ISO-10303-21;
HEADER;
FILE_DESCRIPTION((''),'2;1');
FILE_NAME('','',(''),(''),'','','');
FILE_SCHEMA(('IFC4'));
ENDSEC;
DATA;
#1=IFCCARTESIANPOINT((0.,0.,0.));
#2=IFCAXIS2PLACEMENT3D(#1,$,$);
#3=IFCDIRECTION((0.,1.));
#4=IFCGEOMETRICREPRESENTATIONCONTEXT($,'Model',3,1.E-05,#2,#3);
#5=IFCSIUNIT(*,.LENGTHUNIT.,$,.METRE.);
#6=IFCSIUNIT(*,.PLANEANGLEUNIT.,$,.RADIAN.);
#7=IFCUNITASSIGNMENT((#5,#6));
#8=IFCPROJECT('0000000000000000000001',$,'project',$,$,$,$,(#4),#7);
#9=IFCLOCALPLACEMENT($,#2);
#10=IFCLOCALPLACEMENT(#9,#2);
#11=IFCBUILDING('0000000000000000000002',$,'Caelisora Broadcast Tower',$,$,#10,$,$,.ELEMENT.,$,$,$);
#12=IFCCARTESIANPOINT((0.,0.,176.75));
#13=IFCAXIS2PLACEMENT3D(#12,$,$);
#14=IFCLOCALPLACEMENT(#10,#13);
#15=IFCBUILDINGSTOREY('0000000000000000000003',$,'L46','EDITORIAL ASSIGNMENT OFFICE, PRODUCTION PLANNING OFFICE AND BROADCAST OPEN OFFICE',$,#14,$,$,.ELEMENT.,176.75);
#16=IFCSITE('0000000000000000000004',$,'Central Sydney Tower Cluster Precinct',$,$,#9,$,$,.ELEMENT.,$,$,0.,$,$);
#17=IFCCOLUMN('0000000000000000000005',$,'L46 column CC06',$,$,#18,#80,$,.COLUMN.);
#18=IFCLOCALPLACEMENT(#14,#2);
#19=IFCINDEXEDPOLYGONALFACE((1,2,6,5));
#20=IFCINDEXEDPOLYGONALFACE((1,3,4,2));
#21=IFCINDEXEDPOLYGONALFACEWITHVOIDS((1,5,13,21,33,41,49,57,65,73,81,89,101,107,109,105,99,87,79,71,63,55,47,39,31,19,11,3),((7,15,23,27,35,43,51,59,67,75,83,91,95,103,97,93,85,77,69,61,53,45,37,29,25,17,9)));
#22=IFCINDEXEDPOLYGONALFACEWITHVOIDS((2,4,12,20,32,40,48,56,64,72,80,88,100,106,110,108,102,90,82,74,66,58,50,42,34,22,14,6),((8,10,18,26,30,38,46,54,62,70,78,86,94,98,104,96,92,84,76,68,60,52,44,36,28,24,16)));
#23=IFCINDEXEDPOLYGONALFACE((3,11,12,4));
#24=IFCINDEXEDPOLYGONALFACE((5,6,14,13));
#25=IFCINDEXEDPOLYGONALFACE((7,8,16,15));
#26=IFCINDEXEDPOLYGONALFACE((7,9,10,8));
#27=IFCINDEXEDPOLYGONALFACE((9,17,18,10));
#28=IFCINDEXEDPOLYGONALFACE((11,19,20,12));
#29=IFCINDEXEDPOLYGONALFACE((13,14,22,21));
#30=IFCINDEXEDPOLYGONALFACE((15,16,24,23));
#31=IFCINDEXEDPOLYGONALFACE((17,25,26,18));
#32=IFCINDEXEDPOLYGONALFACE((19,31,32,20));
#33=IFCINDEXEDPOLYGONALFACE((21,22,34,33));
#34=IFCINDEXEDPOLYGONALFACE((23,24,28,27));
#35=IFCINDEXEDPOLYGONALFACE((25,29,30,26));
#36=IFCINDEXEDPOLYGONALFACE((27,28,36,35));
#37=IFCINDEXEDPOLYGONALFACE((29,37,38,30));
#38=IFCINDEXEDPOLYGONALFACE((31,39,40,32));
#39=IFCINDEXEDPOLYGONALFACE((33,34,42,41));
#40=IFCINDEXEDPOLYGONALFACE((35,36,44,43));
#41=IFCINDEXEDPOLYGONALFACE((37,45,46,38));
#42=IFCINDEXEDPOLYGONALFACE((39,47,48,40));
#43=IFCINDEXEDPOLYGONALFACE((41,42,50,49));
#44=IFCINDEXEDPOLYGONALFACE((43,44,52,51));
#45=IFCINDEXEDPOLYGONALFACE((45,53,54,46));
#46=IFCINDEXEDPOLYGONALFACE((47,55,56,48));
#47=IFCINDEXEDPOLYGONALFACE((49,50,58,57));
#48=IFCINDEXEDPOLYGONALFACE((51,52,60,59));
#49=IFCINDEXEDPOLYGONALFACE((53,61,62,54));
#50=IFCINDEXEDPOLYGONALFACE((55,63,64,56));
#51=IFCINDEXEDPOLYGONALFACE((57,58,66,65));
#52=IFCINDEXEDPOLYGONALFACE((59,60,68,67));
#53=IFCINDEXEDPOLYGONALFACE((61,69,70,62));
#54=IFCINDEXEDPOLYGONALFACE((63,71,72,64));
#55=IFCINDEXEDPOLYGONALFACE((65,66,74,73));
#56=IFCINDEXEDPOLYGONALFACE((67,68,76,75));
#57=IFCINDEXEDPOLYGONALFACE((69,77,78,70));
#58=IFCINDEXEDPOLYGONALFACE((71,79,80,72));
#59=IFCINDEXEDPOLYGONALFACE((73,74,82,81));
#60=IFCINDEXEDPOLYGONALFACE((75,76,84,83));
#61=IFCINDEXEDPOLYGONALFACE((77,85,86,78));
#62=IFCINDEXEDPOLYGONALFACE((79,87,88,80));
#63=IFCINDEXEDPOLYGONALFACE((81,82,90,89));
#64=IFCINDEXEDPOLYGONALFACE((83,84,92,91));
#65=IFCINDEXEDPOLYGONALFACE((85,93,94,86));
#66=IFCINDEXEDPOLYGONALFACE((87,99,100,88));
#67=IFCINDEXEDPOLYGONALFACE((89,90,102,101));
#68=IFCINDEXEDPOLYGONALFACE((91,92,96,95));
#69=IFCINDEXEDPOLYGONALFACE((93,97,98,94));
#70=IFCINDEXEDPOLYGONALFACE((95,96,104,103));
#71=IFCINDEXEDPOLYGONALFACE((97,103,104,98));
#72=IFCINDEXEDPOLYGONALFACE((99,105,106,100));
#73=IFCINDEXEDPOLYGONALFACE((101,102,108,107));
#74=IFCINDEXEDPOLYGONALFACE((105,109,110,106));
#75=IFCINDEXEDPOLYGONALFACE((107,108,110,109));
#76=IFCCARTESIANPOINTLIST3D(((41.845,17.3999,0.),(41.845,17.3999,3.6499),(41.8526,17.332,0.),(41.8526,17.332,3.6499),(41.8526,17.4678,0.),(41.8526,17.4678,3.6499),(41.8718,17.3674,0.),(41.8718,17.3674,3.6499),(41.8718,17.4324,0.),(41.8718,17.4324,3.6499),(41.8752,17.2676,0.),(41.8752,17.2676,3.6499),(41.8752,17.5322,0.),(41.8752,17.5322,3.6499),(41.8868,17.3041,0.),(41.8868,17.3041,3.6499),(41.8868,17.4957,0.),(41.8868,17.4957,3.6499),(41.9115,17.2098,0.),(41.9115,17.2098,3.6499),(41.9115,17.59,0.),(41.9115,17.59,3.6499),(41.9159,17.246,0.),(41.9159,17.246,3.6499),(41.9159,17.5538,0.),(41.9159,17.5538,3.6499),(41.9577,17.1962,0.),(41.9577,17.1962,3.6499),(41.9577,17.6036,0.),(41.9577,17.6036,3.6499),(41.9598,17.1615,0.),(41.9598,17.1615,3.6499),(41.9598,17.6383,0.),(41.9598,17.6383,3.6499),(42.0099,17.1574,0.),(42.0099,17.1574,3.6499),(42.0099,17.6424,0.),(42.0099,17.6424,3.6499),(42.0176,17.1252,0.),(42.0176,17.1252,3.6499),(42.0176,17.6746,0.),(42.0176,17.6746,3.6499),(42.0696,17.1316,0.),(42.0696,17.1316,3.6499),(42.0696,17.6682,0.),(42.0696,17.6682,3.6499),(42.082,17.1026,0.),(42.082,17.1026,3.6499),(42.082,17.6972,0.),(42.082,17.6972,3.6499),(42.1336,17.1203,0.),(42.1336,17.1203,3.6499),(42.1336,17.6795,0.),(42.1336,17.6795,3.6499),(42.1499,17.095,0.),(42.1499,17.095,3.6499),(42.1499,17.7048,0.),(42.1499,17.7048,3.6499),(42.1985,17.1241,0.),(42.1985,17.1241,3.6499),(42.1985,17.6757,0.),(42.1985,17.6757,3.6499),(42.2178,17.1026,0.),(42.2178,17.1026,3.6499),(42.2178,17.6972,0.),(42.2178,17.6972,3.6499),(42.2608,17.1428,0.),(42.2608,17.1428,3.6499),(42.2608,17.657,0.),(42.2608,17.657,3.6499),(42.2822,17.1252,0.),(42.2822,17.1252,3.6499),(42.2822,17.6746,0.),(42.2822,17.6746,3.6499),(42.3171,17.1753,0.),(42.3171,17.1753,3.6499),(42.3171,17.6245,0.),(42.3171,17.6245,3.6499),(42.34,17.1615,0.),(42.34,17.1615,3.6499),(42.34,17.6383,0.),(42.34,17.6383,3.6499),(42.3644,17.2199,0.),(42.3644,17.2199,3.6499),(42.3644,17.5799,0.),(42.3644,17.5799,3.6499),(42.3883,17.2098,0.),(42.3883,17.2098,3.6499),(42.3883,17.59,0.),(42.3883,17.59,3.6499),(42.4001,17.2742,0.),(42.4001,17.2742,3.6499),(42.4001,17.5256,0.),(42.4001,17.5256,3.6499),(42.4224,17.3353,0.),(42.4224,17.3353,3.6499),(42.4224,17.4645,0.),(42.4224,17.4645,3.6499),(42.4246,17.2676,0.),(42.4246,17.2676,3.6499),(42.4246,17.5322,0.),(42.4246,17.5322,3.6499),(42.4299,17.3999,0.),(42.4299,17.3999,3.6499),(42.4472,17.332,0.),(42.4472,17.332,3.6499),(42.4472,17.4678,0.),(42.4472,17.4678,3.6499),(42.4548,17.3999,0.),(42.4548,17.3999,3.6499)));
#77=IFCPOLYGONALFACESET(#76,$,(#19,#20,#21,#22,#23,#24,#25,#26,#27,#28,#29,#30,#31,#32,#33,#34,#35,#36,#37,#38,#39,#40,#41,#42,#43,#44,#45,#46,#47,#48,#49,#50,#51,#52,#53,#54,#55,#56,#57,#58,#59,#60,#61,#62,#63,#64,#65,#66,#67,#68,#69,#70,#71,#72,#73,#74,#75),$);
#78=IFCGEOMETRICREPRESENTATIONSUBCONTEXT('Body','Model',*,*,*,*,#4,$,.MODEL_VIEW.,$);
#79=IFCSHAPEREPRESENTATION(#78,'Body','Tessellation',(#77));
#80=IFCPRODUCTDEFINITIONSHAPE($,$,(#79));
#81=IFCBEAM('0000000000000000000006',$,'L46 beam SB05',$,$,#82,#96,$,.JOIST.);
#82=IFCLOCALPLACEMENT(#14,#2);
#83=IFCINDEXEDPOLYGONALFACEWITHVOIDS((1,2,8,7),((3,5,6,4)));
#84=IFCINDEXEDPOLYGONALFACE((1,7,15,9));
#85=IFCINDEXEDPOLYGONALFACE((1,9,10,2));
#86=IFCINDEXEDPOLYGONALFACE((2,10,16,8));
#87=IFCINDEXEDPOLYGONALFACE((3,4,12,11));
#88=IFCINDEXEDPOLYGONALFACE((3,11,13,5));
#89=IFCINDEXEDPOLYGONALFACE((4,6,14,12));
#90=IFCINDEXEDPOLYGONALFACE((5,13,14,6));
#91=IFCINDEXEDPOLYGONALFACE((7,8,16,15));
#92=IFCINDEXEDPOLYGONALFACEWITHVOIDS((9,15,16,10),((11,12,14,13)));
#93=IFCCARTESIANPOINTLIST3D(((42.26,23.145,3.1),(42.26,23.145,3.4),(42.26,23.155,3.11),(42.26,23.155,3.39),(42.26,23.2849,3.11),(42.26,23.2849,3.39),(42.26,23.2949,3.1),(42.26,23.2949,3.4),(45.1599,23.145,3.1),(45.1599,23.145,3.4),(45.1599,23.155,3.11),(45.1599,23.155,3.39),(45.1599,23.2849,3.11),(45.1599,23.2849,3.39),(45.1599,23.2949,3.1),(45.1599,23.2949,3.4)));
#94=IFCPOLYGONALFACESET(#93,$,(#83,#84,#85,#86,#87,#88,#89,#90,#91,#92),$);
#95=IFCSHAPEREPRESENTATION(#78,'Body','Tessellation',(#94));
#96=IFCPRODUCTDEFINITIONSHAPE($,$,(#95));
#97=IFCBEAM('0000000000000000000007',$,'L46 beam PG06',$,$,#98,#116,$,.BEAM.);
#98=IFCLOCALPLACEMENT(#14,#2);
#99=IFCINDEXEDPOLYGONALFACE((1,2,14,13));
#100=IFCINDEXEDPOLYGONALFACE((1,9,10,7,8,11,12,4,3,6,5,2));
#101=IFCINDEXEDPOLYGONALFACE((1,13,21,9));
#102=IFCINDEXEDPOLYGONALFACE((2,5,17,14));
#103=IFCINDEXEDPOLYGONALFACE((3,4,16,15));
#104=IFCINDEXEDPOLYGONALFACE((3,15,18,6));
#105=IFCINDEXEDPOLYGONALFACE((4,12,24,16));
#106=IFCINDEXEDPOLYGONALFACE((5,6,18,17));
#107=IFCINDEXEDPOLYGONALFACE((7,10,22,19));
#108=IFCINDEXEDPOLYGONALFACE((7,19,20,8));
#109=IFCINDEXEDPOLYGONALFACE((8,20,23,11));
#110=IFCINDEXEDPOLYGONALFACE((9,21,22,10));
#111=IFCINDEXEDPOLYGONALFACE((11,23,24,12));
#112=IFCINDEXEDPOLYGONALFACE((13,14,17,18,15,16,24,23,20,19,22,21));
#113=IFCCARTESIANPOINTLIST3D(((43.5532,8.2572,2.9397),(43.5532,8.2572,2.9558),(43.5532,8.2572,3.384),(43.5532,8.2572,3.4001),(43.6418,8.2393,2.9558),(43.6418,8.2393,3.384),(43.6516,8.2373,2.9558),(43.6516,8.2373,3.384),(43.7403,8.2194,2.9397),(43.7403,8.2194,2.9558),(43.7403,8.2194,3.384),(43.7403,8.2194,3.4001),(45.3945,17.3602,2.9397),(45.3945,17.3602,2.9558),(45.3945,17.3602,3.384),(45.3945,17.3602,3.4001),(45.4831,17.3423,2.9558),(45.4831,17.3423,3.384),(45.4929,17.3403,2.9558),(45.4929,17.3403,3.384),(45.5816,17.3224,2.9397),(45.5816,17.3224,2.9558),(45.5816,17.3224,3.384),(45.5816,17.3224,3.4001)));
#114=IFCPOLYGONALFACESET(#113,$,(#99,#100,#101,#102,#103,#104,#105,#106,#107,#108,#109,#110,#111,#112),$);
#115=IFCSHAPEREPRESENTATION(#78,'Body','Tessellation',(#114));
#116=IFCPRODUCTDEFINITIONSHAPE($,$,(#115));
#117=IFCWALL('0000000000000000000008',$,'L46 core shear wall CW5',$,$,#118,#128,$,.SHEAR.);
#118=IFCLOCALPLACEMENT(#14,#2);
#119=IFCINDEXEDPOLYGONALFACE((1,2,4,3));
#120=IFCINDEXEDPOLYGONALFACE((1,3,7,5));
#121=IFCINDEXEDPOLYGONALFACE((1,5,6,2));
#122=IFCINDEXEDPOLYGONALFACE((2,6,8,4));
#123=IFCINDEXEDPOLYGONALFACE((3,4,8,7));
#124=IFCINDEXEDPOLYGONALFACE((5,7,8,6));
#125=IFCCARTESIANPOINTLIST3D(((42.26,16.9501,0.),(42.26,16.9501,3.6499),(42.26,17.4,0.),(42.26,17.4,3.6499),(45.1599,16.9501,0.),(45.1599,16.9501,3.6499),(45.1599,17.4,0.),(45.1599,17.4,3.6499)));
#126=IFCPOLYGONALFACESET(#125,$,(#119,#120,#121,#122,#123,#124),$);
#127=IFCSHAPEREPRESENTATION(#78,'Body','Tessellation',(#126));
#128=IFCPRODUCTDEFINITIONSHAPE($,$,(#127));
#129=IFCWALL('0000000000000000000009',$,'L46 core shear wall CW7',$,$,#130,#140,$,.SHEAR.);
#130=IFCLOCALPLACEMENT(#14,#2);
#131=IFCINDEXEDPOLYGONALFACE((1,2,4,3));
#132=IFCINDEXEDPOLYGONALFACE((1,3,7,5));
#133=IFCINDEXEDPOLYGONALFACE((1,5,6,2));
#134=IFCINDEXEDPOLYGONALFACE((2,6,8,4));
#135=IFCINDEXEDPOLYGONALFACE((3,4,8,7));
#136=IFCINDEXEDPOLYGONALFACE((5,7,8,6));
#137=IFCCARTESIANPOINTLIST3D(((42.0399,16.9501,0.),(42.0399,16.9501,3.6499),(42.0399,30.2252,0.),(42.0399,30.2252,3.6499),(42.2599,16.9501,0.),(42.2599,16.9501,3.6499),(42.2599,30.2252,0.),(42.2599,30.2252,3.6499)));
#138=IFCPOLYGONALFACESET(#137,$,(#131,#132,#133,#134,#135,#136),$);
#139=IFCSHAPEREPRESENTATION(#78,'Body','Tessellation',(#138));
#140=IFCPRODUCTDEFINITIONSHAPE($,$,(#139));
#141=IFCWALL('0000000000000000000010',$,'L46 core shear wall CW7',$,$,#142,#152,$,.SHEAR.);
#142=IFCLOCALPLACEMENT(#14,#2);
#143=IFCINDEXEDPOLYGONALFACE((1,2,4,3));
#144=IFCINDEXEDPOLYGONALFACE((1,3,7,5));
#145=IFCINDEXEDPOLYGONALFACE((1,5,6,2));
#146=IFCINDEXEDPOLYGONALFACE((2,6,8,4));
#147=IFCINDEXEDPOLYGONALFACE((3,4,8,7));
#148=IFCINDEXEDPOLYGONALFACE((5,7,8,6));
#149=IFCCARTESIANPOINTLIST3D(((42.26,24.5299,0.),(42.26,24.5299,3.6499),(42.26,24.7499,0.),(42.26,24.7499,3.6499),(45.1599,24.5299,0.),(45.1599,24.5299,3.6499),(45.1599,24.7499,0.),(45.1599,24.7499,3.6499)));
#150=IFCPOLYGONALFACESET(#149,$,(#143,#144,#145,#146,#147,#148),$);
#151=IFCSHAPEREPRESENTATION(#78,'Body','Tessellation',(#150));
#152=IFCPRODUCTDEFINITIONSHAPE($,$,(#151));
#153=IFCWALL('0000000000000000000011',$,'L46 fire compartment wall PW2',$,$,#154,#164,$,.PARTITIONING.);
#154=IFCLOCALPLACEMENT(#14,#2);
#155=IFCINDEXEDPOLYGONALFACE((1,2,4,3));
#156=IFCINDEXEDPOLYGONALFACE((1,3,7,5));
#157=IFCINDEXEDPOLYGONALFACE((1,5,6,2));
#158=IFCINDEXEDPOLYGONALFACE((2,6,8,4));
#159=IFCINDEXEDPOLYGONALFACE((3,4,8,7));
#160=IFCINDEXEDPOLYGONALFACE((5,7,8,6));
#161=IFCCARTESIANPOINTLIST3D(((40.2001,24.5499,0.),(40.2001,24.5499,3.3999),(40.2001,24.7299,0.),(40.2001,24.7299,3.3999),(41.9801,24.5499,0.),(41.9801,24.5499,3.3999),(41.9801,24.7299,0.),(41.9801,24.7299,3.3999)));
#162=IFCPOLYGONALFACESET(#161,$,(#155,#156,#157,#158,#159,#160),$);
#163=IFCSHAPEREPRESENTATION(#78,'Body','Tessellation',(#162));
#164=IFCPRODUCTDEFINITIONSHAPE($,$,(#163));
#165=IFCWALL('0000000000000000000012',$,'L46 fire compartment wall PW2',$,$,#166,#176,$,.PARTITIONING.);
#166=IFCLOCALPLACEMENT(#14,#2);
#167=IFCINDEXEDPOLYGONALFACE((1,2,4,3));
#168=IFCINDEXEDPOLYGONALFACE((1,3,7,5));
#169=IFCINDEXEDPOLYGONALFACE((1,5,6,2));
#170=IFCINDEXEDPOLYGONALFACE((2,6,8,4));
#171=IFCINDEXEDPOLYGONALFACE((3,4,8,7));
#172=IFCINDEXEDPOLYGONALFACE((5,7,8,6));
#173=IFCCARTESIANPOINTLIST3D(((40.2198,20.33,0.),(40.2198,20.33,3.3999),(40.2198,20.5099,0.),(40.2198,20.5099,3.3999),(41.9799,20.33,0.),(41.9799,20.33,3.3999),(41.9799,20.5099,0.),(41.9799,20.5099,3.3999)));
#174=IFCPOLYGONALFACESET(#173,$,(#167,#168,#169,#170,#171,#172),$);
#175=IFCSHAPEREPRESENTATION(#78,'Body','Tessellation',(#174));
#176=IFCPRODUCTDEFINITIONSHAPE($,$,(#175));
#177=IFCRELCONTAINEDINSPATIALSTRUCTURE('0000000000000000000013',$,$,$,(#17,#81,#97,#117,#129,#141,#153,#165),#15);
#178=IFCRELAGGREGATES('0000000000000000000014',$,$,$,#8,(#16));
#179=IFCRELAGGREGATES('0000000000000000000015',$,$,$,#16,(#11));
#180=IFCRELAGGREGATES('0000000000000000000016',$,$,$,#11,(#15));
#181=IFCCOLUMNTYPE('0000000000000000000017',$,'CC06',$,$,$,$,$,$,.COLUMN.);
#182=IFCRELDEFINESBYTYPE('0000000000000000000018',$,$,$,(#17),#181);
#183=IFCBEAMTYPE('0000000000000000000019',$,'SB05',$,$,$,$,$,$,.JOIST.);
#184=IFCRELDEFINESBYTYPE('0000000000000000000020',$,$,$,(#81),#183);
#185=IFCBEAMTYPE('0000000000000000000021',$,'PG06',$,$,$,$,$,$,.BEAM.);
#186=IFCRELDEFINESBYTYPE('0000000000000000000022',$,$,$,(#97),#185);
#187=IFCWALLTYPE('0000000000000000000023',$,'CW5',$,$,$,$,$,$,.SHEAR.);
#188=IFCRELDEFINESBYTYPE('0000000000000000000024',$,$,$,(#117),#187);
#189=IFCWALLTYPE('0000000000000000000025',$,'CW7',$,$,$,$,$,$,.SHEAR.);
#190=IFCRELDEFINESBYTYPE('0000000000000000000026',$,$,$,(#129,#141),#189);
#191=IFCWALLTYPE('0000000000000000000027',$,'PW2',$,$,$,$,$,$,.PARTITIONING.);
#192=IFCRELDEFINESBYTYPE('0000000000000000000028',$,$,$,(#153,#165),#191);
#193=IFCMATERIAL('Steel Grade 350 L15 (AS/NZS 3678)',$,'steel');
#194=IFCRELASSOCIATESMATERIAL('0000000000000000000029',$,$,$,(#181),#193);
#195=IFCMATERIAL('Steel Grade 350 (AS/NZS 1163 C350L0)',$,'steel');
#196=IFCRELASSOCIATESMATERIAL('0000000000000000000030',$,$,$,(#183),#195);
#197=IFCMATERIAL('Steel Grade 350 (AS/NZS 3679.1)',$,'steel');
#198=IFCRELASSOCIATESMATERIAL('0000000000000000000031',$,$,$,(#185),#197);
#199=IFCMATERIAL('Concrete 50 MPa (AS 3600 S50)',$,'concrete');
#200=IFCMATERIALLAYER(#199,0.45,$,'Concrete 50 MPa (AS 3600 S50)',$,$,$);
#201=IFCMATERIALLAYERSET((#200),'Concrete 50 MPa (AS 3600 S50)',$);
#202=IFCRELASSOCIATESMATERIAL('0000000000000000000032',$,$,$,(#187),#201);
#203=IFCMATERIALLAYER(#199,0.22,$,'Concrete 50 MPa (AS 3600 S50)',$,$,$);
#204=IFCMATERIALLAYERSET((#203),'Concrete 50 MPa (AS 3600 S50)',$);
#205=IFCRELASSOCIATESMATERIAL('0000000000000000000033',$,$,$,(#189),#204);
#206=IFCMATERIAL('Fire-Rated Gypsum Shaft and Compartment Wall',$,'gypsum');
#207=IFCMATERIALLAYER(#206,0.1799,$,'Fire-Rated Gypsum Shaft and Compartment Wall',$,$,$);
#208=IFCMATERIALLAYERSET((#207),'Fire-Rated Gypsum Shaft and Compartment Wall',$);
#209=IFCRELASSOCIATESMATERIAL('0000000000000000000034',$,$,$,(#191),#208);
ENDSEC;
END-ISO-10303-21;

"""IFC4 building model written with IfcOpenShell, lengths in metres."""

from ifc_helpers import new_model, si_unit, direction, frame, frame_2d, origin, origin_2d, place, context, subcontext, project, spatial, rectangle, hollow_rectangle, hollow_circle, i_section, extrude, source, transform, mapped, material, layer, layer_set, material_profile, profile_set, type_object, type_shapes, element, save


model = new_model("IFC4")

# Units and contexts
model_context = context("Model", 3, precision=1e-05, world=origin(), true_north=direction((0.0, 1.0)))
body_context = subcontext(model_context, "Body", "Model", "MODEL_VIEW")
ifc_project = project(units=[si_unit("LENGTHUNIT", "METRE"), si_unit("PLANEANGLEUNIT", "RADIAN")], contexts=[model_context])

# Site, building, storey
site_placement = place(None, origin())
site = spatial("IfcSite", under=ifc_project, at=site_placement, Name="Central Sydney Tower Cluster Precinct", CompositionType="ELEMENT", RefElevation=0.0)
building_placement = place(site_placement, origin())
building = spatial("IfcBuilding", under=site, at=building_placement, Name="Caelisora Broadcast Tower", CompositionType="ELEMENT")
storey_placement = place(building_placement, frame((0.0, 0.0, 176.75)))
storey = spatial("IfcBuildingStorey", under=building, at=storey_placement, Name="L46", Description="EDITORIAL ASSIGNMENT OFFICE, PRODUCTION PLANNING OFFICE AND BROADCAST OPEN OFFICE", CompositionType="ELEMENT", Elevation=176.75)

# Column
ifc_material_1 = material(Name="Steel Grade 350 L15 (AS/NZS 3678)", Category="steel")
ifc_material_profile_1 = material_profile(ifc_material_1, hollow_circle(Radius=0.3049, WallThickness=0.0249, at=origin_2d()), Name="Steel Grade 350 L15 (AS/NZS 3678)")
ifc_profile_set_1 = profile_set([ifc_material_profile_1], Name="Steel Grade 350 L15 (AS/NZS 3678)")
column_type = type_object("IfcColumnType", Name="CC06", PredefinedType="COLUMN", material=ifc_profile_set_1)
shared_shape_1 = source(origin(), body_context, "Body", "SweptSolid", [
    extrude(hollow_circle(Radius=0.3049, WallThickness=0.0249, at=origin_2d()), origin(), (0.0, 0.0, 1.0), 3.6499),
])
type_shapes(column_type, [shared_shape_1])
column_placement = place(storey_placement, frame((42.1499, 17.3999, 0.0), z_axis=(0.0, 0.0, 1.0), x_axis=(1.0, 0.0, 0.0)))
element("IfcColumn", 1, at=column_placement, inside=storey, type_object=column_type, Name="L46 column CC06", PredefinedType="COLUMN", context=body_context, shape_type="MappedRepresentation", body=[
    mapped(shared_shape_1, transform((0.0, 0.0, 0.0), scale=1.0)),
])

# Beams
ifc_material_2 = material(Name="Steel Grade 350 (AS/NZS 1163 C350L0)", Category="steel")
ifc_material_profile_2 = material_profile(ifc_material_2, hollow_rectangle(XDim=0.1499, YDim=0.3, WallThickness=0.01, at=origin_2d()), Name="Steel Grade 350 (AS/NZS 1163 C350L0)")
ifc_profile_set_2 = profile_set([ifc_material_profile_2], Name="Steel Grade 350 (AS/NZS 1163 C350L0)")
beam_type_1 = type_object("IfcBeamType", Name="SB05", PredefinedType="JOIST", material=ifc_profile_set_2)
shared_shape_2 = source(origin(), body_context, "Body", "SweptSolid", [
    extrude(hollow_rectangle(XDim=0.1499, YDim=0.3, WallThickness=0.01, at=origin_2d()), origin(), (0.0, 0.0, 1.0), 2.8999),
])
type_shapes(beam_type_1, [shared_shape_2])
beam_1_placement = place(storey_placement, frame((42.26, 23.22, 3.25), z_axis=(1.0, 0.0, 0.0), x_axis=(0.0, 1.0, 0.0)))
element("IfcBeam", 2, at=beam_1_placement, inside=storey, type_object=beam_type_1, Name="L46 beam SB05", PredefinedType="JOIST", context=body_context, shape_type="MappedRepresentation", body=[
    mapped(shared_shape_2, transform((0.0, 0.0, 0.0), scale=1.0)),
])
ifc_material_3 = material(Name="Steel Grade 350 (AS/NZS 3679.1)", Category="steel")
ifc_material_profile_3 = material_profile(ifc_material_3, i_section(OverallWidth=0.1909, OverallDepth=0.4604, WebThickness=0.01, FlangeThickness=0.0161, at=origin_2d()), Name="Steel Grade 350 (AS/NZS 3679.1)")
ifc_profile_set_3 = profile_set([ifc_material_profile_3], Name="Steel Grade 350 (AS/NZS 3679.1)")
beam_type_2 = type_object("IfcBeamType", Name="PG06", PredefinedType="BEAM", material=ifc_profile_set_3)
shared_shape_3 = source(origin(), body_context, "Body", "SweptSolid", [
    extrude(i_section(OverallWidth=0.1909, OverallDepth=0.4604, WebThickness=0.01, FlangeThickness=0.0161, at=origin_2d()), origin(), (0.0, 0.0, 1.0), 9.2874),
])
type_shapes(beam_type_2, [shared_shape_3])
beam_2_placement = place(storey_placement, frame((45.488, 17.3413, 3.1699), z_axis=(-0.198259, -0.98015, 0.0), x_axis=(0.98015, -0.198259, 0.0)))
element("IfcBeam", 3, at=beam_2_placement, inside=storey, type_object=beam_type_2, Name="L46 beam PG06", PredefinedType="BEAM", context=body_context, shape_type="MappedRepresentation", body=[
    mapped(shared_shape_3, transform((0.0, 0.0, 0.0), scale=1.0)),
])

# Shared definitions
ifc_material_4 = material(Name="Concrete 50 MPa (AS 3600 S50)", Category="concrete")

# Walls
ifc_layer_1 = layer(ifc_material_4, 0.45, Name="Concrete 50 MPa (AS 3600 S50)")
ifc_layer_set_1 = layer_set([ifc_layer_1], Name="Concrete 50 MPa (AS 3600 S50)")
wall_type_1 = type_object("IfcWallType", Name="CW5", PredefinedType="SHEAR", material=ifc_layer_set_1)
wall_1_placement = place(storey_placement, frame((42.26, 17.175, 0.0), z_axis=(0.0, 0.0, 1.0), x_axis=(1.0, 0.0, 0.0)))
element("IfcWall", 4, at=wall_1_placement, inside=storey, type_object=wall_type_1, Name="L46 core shear wall CW5", PredefinedType="SHEAR", context=body_context, shape_type="SweptSolid", body=[
    extrude(rectangle(XDim=2.8999, YDim=0.45, at=frame_2d((1.45, 0.0))), origin(), (0.0, 0.0, 1.0), 3.6499),
])
ifc_layer_2 = layer(ifc_material_4, 0.22, Name="Concrete 50 MPa (AS 3600 S50)")
ifc_layer_set_2 = layer_set([ifc_layer_2], Name="Concrete 50 MPa (AS 3600 S50)")
wall_type_2 = type_object("IfcWallType", Name="CW7", PredefinedType="SHEAR", material=ifc_layer_set_2)
wall_2_placement = place(storey_placement, frame((42.1499, 16.95, 0.0), z_axis=(0.0, 0.0, 1.0), x_axis=(0.0, 1.0, 0.0)))
element("IfcWall", 5, at=wall_2_placement, inside=storey, type_object=wall_type_2, Name="L46 core shear wall CW7", PredefinedType="SHEAR", context=body_context, shape_type="SweptSolid", body=[
    extrude(rectangle(XDim=13.2751, YDim=0.22, at=frame_2d((6.6377, 0.0))), origin(), (0.0, 0.0, 1.0), 3.6499),
])
wall_3_placement = place(storey_placement, frame((42.26, 24.6399, 0.0), z_axis=(0.0, 0.0, 1.0), x_axis=(1.0, 0.0, 0.0)))
element("IfcWall", 6, at=wall_3_placement, inside=storey, type_object=wall_type_2, Name="L46 core shear wall CW7", PredefinedType="SHEAR", context=body_context, shape_type="SweptSolid", body=[
    extrude(rectangle(XDim=2.8999, YDim=0.22, at=frame_2d((1.45, 0.0))), origin(), (0.0, 0.0, 1.0), 3.6499),
])
ifc_material_5 = material(Name="Fire-Rated Gypsum Shaft and Compartment Wall", Category="gypsum")
ifc_layer_3 = layer(ifc_material_5, 0.1799, Name="Fire-Rated Gypsum Shaft and Compartment Wall")
ifc_layer_set_3 = layer_set([ifc_layer_3], Name="Fire-Rated Gypsum Shaft and Compartment Wall")
wall_type_3 = type_object("IfcWallType", Name="PW2", PredefinedType="PARTITIONING", material=ifc_layer_set_3)
wall_4_placement = place(storey_placement, frame((40.2, 24.6399, 0.0), z_axis=(0.0, 0.0, 1.0), x_axis=(1.0, 0.0, 0.0)))
element("IfcWall", 7, at=wall_4_placement, inside=storey, type_object=wall_type_3, Name="L46 fire compartment wall PW2", PredefinedType="PARTITIONING", context=body_context, shape_type="SweptSolid", body=[
    extrude(rectangle(XDim=1.78, YDim=0.1799, at=frame_2d((0.8901, 0.0))), origin(), (0.0, 0.0, 1.0), 3.3999),
])
wall_5_placement = place(storey_placement, frame((40.22, 20.4199, 0.0), z_axis=(0.0, 0.0, 1.0), x_axis=(1.0, 0.0, 0.0)))
element("IfcWall", 8, at=wall_5_placement, inside=storey, type_object=wall_type_3, Name="L46 fire compartment wall PW2", PredefinedType="PARTITIONING", context=body_context, shape_type="SweptSolid", body=[
    extrude(rectangle(XDim=1.76, YDim=0.1799, at=frame_2d((0.8799, 0.0))), origin(), (0.0, 0.0, 1.0), 3.3999),
])

save(model, "model.ifc")
